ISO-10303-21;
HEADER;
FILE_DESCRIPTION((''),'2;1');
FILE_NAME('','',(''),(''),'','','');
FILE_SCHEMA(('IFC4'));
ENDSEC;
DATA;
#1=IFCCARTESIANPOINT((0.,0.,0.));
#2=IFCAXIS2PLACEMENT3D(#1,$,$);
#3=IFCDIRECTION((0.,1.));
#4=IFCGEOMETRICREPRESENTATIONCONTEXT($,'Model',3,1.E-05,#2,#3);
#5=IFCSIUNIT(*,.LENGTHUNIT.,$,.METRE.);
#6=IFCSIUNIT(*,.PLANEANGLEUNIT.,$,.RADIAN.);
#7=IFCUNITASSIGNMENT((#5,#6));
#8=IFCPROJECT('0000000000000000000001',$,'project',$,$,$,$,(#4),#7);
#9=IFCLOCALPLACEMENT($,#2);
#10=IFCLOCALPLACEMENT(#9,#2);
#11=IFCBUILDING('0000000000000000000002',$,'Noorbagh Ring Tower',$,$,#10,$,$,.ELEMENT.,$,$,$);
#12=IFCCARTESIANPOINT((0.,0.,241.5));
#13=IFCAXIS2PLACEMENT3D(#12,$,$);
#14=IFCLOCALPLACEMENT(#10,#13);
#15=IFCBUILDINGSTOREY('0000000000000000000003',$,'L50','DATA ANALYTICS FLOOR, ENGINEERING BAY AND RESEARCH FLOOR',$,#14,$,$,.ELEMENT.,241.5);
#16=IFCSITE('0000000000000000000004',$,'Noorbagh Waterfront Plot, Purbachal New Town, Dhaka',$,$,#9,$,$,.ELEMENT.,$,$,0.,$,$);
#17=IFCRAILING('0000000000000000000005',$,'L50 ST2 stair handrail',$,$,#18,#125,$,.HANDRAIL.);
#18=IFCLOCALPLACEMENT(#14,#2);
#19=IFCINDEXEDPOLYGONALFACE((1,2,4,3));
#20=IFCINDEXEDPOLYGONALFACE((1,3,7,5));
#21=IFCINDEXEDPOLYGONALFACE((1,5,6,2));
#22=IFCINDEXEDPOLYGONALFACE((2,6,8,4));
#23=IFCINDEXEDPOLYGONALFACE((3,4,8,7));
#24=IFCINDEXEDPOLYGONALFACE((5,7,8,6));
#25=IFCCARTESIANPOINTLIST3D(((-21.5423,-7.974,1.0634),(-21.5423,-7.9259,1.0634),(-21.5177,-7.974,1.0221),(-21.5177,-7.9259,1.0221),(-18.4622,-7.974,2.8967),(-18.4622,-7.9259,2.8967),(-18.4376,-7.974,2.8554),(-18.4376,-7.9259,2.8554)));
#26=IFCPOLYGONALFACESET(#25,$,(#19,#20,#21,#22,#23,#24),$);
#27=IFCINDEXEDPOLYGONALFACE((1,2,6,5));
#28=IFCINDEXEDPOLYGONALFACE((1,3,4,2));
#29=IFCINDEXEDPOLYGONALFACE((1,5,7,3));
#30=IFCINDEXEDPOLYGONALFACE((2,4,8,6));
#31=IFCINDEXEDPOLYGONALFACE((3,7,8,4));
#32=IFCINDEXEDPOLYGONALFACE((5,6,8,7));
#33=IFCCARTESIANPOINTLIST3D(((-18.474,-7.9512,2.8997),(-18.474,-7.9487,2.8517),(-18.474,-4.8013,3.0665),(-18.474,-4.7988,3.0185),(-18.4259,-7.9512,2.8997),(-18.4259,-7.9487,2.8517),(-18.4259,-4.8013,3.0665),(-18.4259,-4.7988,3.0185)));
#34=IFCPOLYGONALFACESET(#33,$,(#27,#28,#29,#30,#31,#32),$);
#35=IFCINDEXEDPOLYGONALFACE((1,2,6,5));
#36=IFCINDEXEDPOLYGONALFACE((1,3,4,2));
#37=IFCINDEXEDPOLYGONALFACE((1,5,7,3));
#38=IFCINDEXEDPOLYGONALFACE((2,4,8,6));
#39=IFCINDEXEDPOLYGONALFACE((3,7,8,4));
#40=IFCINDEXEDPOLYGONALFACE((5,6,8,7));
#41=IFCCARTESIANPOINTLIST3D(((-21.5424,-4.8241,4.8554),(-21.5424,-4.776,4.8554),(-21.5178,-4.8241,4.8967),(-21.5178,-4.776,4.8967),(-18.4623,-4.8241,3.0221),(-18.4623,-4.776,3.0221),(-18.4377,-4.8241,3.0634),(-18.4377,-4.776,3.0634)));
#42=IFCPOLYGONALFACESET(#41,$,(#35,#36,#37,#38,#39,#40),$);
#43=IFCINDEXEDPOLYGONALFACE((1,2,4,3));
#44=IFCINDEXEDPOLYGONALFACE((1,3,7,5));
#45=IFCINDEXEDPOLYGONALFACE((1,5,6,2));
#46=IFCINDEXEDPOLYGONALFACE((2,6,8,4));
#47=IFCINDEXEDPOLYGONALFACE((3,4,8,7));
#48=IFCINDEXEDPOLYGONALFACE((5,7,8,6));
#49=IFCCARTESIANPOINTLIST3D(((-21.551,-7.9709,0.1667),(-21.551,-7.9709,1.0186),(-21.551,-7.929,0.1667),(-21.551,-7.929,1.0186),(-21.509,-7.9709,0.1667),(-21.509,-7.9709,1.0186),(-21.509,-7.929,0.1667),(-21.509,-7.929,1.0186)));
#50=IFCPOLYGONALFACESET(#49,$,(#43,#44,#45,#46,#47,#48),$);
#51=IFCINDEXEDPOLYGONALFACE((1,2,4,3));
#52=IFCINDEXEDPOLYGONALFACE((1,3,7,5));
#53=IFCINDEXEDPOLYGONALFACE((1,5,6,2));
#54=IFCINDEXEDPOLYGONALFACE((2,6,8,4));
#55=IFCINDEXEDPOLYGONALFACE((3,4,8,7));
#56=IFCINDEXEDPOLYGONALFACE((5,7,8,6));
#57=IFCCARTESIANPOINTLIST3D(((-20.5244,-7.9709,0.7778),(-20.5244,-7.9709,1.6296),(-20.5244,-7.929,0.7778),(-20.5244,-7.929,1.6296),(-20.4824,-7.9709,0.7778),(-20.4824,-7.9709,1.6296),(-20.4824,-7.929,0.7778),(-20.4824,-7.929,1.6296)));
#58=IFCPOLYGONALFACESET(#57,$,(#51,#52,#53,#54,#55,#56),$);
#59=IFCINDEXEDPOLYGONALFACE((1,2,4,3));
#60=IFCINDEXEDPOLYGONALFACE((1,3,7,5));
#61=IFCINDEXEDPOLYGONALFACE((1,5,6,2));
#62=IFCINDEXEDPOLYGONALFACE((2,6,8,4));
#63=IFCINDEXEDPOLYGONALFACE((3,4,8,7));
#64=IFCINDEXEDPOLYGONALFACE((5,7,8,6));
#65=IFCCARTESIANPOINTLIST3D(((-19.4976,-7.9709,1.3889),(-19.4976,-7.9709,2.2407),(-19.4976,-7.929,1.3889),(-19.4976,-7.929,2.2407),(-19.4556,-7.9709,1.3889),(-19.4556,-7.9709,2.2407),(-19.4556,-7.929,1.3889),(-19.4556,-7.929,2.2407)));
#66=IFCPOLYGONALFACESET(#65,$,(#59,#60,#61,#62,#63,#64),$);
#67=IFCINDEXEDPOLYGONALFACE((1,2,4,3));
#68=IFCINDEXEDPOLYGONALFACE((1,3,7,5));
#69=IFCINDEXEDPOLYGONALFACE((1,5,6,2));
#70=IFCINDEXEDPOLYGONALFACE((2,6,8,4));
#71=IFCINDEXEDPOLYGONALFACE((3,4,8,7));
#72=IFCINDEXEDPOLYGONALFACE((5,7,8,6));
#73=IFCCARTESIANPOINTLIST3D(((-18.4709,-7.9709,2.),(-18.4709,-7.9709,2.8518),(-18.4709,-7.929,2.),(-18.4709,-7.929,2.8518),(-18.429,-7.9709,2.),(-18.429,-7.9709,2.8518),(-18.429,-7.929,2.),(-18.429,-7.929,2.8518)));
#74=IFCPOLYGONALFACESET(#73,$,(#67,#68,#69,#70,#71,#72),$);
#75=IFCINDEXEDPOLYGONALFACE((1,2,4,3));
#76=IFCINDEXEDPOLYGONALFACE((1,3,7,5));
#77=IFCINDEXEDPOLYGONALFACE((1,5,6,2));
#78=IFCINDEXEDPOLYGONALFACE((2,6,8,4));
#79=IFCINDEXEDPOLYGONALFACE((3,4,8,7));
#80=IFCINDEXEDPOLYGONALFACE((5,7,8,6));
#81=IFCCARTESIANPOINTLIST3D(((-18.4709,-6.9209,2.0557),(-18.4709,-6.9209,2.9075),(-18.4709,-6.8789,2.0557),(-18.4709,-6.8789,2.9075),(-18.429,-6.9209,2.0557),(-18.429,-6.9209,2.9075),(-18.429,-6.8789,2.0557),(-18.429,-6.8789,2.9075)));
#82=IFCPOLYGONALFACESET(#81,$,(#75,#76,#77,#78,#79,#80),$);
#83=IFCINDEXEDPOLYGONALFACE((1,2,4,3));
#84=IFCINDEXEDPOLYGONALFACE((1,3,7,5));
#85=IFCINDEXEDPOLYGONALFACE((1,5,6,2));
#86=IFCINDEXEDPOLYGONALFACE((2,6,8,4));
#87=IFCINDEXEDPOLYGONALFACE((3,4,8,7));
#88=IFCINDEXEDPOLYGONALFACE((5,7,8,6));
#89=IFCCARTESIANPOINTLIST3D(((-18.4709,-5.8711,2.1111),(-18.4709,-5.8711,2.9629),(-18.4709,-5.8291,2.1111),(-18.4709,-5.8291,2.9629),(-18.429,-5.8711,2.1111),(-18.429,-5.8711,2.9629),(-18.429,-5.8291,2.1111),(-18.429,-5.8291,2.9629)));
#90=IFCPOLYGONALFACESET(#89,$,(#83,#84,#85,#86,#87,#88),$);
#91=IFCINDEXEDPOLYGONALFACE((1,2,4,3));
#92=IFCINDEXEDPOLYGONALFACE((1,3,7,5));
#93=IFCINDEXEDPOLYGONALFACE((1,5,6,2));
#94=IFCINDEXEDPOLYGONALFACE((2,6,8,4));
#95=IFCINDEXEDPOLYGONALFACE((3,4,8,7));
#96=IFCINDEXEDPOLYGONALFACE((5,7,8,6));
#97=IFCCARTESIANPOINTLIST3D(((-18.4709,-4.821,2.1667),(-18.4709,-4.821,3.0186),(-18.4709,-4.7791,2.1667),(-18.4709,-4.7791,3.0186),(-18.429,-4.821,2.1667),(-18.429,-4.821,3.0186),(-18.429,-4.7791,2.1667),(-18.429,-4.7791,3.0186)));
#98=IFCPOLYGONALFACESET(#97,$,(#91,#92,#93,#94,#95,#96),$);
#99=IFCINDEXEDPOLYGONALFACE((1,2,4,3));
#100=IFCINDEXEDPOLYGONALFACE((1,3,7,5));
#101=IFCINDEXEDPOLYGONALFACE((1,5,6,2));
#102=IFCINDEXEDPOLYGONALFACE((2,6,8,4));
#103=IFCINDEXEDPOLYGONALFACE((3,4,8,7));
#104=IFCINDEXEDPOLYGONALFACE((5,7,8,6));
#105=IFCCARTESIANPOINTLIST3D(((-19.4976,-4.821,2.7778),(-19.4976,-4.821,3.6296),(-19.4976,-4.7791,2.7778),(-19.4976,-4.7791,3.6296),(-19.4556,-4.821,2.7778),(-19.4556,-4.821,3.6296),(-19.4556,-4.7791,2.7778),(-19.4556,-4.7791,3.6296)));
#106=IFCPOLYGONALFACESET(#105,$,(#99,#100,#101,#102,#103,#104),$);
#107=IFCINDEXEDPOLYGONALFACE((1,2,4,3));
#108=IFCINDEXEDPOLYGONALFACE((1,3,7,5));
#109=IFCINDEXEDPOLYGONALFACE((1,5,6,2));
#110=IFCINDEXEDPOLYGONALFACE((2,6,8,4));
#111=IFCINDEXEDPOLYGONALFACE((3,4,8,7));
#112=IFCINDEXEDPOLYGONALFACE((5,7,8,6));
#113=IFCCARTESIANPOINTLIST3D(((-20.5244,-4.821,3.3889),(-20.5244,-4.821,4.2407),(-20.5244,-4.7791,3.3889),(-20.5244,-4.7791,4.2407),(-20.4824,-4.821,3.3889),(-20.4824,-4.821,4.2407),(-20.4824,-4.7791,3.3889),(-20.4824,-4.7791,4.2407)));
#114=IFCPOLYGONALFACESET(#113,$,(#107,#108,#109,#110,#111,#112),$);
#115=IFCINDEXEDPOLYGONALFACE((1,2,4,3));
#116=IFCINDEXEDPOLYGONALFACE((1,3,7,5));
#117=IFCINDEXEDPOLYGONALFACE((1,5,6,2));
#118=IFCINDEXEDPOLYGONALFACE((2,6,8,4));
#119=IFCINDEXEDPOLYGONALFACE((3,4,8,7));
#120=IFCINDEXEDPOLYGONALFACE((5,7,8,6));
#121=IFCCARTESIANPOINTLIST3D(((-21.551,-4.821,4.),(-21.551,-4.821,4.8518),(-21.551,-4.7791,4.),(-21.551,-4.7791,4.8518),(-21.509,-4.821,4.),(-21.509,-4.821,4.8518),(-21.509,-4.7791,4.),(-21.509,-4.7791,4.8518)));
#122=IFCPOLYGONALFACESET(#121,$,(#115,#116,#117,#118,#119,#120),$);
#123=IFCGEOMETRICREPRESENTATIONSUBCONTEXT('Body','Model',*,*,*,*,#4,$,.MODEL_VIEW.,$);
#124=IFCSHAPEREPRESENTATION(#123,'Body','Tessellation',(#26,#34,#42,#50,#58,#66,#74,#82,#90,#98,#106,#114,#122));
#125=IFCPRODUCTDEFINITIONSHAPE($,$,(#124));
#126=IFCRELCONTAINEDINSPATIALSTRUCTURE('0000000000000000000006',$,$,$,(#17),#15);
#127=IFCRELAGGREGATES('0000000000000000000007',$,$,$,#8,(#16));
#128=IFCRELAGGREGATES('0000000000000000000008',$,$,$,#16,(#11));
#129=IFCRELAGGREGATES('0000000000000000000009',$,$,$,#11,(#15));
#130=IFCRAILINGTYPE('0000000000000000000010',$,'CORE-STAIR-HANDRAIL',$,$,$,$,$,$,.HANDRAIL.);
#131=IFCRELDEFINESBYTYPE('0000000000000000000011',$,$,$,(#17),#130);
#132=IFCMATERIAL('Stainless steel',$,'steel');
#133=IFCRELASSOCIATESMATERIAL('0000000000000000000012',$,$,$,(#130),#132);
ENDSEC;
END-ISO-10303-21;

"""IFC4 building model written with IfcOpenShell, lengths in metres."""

from ifc_helpers import new_model, si_unit, direction, frame, origin, origin_2d, place, context, subcontext, project, spatial, rectangle, extrude, material, type_object, element, save


model = new_model("IFC4")

# Units and contexts
model_context = context("Model", 3, precision=1e-05, world=origin(), true_north=direction((0.0, 1.0)))
body_context = subcontext(model_context, "Body", "Model", "MODEL_VIEW")
ifc_project = project(units=[si_unit("LENGTHUNIT", "METRE"), si_unit("PLANEANGLEUNIT", "RADIAN")], contexts=[model_context])

# Site, building, storey
site_placement = place(None, origin())
site = spatial("IfcSite", under=ifc_project, at=site_placement, Name="Noorbagh Waterfront Plot, Purbachal New Town, Dhaka", CompositionType="ELEMENT", RefElevation=0.0)
building_placement = place(site_placement, origin())
building = spatial("IfcBuilding", under=site, at=building_placement, Name="Noorbagh Ring Tower", CompositionType="ELEMENT")
storey_placement = place(building_placement, frame((0.0, 0.0, 241.5)))
storey = spatial("IfcBuildingStorey", under=building, at=storey_placement, Name="L50", Description="DATA ANALYTICS FLOOR, ENGINEERING BAY AND RESEARCH FLOOR", CompositionType="ELEMENT", Elevation=241.5)

# Railing
ifc_material_1 = material(Name="Stainless steel", Category="steel")
railing_type_1 = type_object("IfcRailingType", Name="CORE-STAIR-HANDRAIL", PredefinedType="HANDRAIL", material=ifc_material_1)
railing_1_placement = place(storey_placement, frame((-21.53, -7.95, 0.1667)))
element("IfcRailing", 1, at=railing_1_placement, inside=storey, type_object=railing_type_1, Name="L50 ST2 stair handrail", PredefinedType="HANDRAIL", context=body_context, shape_type="SweptSolid", body=[
    extrude(rectangle(XDim=0.0481, YDim=0.0481, at=origin_2d()), frame((0.0, 0.0, 0.876), z_axis=(0.859309, 0.0, 0.511458), x_axis=(0.0, 1.0, 0.0)), (0.0, 0.0, 1.0), 3.5845),
    extrude(rectangle(XDim=0.0481, YDim=0.0481, at=origin_2d()), frame((3.0801, 0.0, 2.709), z_axis=(0.0, 0.998602, 0.052864), x_axis=(-1.0, 0.0, 0.0)), (0.0, 0.0, 1.0), 3.1543),
    extrude(rectangle(XDim=0.0481, YDim=0.0481, at=origin_2d()), frame((3.0801, 3.1499, 2.876), z_axis=(-0.859309, 0.0, 0.511458), x_axis=(0.0, -1.0, 0.0)), (0.0, 0.0, 1.0), 3.5845),
    extrude(rectangle(XDim=0.042, YDim=0.042, at=origin_2d()), origin(), (0.0, 0.0, 1.0), 0.8518),
    extrude(rectangle(XDim=0.042, YDim=0.042, at=origin_2d()), frame((1.0266, 0.0, 0.6111)), (0.0, 0.0, 1.0), 0.8518),
    extrude(rectangle(XDim=0.042, YDim=0.042, at=origin_2d()), frame((2.0535, 0.0, 1.2222)), (0.0, 0.0, 1.0), 0.8518),
    extrude(rectangle(XDim=0.042, YDim=0.042, at=origin_2d()), frame((3.0801, 0.0, 1.8333)), (0.0, 0.0, 1.0), 0.8518),
    extrude(rectangle(XDim=0.042, YDim=0.042, at=origin_2d()), frame((3.0801, 1.05, 1.8889)), (0.0, 0.0, 1.0), 0.8518),
    extrude(rectangle(XDim=0.042, YDim=0.042, at=origin_2d()), frame((3.0801, 2.0999, 1.9443)), (0.0, 0.0, 1.0), 0.8518),
    extrude(rectangle(XDim=0.042, YDim=0.042, at=origin_2d()), frame((3.0801, 3.1499, 2.0)), (0.0, 0.0, 1.0), 0.8518),
    extrude(rectangle(XDim=0.042, YDim=0.042, at=origin_2d()), frame((2.0535, 3.1499, 2.6111)), (0.0, 0.0, 1.0), 0.8518),
    extrude(rectangle(XDim=0.042, YDim=0.042, at=origin_2d()), frame((1.0266, 3.1499, 3.2222)), (0.0, 0.0, 1.0), 0.8518),
    extrude(rectangle(XDim=0.042, YDim=0.042, at=origin_2d()), frame((0.0, 3.1499, 3.8333)), (0.0, 0.0, 1.0), 0.8518),
])

save(model, "model.ifc")
